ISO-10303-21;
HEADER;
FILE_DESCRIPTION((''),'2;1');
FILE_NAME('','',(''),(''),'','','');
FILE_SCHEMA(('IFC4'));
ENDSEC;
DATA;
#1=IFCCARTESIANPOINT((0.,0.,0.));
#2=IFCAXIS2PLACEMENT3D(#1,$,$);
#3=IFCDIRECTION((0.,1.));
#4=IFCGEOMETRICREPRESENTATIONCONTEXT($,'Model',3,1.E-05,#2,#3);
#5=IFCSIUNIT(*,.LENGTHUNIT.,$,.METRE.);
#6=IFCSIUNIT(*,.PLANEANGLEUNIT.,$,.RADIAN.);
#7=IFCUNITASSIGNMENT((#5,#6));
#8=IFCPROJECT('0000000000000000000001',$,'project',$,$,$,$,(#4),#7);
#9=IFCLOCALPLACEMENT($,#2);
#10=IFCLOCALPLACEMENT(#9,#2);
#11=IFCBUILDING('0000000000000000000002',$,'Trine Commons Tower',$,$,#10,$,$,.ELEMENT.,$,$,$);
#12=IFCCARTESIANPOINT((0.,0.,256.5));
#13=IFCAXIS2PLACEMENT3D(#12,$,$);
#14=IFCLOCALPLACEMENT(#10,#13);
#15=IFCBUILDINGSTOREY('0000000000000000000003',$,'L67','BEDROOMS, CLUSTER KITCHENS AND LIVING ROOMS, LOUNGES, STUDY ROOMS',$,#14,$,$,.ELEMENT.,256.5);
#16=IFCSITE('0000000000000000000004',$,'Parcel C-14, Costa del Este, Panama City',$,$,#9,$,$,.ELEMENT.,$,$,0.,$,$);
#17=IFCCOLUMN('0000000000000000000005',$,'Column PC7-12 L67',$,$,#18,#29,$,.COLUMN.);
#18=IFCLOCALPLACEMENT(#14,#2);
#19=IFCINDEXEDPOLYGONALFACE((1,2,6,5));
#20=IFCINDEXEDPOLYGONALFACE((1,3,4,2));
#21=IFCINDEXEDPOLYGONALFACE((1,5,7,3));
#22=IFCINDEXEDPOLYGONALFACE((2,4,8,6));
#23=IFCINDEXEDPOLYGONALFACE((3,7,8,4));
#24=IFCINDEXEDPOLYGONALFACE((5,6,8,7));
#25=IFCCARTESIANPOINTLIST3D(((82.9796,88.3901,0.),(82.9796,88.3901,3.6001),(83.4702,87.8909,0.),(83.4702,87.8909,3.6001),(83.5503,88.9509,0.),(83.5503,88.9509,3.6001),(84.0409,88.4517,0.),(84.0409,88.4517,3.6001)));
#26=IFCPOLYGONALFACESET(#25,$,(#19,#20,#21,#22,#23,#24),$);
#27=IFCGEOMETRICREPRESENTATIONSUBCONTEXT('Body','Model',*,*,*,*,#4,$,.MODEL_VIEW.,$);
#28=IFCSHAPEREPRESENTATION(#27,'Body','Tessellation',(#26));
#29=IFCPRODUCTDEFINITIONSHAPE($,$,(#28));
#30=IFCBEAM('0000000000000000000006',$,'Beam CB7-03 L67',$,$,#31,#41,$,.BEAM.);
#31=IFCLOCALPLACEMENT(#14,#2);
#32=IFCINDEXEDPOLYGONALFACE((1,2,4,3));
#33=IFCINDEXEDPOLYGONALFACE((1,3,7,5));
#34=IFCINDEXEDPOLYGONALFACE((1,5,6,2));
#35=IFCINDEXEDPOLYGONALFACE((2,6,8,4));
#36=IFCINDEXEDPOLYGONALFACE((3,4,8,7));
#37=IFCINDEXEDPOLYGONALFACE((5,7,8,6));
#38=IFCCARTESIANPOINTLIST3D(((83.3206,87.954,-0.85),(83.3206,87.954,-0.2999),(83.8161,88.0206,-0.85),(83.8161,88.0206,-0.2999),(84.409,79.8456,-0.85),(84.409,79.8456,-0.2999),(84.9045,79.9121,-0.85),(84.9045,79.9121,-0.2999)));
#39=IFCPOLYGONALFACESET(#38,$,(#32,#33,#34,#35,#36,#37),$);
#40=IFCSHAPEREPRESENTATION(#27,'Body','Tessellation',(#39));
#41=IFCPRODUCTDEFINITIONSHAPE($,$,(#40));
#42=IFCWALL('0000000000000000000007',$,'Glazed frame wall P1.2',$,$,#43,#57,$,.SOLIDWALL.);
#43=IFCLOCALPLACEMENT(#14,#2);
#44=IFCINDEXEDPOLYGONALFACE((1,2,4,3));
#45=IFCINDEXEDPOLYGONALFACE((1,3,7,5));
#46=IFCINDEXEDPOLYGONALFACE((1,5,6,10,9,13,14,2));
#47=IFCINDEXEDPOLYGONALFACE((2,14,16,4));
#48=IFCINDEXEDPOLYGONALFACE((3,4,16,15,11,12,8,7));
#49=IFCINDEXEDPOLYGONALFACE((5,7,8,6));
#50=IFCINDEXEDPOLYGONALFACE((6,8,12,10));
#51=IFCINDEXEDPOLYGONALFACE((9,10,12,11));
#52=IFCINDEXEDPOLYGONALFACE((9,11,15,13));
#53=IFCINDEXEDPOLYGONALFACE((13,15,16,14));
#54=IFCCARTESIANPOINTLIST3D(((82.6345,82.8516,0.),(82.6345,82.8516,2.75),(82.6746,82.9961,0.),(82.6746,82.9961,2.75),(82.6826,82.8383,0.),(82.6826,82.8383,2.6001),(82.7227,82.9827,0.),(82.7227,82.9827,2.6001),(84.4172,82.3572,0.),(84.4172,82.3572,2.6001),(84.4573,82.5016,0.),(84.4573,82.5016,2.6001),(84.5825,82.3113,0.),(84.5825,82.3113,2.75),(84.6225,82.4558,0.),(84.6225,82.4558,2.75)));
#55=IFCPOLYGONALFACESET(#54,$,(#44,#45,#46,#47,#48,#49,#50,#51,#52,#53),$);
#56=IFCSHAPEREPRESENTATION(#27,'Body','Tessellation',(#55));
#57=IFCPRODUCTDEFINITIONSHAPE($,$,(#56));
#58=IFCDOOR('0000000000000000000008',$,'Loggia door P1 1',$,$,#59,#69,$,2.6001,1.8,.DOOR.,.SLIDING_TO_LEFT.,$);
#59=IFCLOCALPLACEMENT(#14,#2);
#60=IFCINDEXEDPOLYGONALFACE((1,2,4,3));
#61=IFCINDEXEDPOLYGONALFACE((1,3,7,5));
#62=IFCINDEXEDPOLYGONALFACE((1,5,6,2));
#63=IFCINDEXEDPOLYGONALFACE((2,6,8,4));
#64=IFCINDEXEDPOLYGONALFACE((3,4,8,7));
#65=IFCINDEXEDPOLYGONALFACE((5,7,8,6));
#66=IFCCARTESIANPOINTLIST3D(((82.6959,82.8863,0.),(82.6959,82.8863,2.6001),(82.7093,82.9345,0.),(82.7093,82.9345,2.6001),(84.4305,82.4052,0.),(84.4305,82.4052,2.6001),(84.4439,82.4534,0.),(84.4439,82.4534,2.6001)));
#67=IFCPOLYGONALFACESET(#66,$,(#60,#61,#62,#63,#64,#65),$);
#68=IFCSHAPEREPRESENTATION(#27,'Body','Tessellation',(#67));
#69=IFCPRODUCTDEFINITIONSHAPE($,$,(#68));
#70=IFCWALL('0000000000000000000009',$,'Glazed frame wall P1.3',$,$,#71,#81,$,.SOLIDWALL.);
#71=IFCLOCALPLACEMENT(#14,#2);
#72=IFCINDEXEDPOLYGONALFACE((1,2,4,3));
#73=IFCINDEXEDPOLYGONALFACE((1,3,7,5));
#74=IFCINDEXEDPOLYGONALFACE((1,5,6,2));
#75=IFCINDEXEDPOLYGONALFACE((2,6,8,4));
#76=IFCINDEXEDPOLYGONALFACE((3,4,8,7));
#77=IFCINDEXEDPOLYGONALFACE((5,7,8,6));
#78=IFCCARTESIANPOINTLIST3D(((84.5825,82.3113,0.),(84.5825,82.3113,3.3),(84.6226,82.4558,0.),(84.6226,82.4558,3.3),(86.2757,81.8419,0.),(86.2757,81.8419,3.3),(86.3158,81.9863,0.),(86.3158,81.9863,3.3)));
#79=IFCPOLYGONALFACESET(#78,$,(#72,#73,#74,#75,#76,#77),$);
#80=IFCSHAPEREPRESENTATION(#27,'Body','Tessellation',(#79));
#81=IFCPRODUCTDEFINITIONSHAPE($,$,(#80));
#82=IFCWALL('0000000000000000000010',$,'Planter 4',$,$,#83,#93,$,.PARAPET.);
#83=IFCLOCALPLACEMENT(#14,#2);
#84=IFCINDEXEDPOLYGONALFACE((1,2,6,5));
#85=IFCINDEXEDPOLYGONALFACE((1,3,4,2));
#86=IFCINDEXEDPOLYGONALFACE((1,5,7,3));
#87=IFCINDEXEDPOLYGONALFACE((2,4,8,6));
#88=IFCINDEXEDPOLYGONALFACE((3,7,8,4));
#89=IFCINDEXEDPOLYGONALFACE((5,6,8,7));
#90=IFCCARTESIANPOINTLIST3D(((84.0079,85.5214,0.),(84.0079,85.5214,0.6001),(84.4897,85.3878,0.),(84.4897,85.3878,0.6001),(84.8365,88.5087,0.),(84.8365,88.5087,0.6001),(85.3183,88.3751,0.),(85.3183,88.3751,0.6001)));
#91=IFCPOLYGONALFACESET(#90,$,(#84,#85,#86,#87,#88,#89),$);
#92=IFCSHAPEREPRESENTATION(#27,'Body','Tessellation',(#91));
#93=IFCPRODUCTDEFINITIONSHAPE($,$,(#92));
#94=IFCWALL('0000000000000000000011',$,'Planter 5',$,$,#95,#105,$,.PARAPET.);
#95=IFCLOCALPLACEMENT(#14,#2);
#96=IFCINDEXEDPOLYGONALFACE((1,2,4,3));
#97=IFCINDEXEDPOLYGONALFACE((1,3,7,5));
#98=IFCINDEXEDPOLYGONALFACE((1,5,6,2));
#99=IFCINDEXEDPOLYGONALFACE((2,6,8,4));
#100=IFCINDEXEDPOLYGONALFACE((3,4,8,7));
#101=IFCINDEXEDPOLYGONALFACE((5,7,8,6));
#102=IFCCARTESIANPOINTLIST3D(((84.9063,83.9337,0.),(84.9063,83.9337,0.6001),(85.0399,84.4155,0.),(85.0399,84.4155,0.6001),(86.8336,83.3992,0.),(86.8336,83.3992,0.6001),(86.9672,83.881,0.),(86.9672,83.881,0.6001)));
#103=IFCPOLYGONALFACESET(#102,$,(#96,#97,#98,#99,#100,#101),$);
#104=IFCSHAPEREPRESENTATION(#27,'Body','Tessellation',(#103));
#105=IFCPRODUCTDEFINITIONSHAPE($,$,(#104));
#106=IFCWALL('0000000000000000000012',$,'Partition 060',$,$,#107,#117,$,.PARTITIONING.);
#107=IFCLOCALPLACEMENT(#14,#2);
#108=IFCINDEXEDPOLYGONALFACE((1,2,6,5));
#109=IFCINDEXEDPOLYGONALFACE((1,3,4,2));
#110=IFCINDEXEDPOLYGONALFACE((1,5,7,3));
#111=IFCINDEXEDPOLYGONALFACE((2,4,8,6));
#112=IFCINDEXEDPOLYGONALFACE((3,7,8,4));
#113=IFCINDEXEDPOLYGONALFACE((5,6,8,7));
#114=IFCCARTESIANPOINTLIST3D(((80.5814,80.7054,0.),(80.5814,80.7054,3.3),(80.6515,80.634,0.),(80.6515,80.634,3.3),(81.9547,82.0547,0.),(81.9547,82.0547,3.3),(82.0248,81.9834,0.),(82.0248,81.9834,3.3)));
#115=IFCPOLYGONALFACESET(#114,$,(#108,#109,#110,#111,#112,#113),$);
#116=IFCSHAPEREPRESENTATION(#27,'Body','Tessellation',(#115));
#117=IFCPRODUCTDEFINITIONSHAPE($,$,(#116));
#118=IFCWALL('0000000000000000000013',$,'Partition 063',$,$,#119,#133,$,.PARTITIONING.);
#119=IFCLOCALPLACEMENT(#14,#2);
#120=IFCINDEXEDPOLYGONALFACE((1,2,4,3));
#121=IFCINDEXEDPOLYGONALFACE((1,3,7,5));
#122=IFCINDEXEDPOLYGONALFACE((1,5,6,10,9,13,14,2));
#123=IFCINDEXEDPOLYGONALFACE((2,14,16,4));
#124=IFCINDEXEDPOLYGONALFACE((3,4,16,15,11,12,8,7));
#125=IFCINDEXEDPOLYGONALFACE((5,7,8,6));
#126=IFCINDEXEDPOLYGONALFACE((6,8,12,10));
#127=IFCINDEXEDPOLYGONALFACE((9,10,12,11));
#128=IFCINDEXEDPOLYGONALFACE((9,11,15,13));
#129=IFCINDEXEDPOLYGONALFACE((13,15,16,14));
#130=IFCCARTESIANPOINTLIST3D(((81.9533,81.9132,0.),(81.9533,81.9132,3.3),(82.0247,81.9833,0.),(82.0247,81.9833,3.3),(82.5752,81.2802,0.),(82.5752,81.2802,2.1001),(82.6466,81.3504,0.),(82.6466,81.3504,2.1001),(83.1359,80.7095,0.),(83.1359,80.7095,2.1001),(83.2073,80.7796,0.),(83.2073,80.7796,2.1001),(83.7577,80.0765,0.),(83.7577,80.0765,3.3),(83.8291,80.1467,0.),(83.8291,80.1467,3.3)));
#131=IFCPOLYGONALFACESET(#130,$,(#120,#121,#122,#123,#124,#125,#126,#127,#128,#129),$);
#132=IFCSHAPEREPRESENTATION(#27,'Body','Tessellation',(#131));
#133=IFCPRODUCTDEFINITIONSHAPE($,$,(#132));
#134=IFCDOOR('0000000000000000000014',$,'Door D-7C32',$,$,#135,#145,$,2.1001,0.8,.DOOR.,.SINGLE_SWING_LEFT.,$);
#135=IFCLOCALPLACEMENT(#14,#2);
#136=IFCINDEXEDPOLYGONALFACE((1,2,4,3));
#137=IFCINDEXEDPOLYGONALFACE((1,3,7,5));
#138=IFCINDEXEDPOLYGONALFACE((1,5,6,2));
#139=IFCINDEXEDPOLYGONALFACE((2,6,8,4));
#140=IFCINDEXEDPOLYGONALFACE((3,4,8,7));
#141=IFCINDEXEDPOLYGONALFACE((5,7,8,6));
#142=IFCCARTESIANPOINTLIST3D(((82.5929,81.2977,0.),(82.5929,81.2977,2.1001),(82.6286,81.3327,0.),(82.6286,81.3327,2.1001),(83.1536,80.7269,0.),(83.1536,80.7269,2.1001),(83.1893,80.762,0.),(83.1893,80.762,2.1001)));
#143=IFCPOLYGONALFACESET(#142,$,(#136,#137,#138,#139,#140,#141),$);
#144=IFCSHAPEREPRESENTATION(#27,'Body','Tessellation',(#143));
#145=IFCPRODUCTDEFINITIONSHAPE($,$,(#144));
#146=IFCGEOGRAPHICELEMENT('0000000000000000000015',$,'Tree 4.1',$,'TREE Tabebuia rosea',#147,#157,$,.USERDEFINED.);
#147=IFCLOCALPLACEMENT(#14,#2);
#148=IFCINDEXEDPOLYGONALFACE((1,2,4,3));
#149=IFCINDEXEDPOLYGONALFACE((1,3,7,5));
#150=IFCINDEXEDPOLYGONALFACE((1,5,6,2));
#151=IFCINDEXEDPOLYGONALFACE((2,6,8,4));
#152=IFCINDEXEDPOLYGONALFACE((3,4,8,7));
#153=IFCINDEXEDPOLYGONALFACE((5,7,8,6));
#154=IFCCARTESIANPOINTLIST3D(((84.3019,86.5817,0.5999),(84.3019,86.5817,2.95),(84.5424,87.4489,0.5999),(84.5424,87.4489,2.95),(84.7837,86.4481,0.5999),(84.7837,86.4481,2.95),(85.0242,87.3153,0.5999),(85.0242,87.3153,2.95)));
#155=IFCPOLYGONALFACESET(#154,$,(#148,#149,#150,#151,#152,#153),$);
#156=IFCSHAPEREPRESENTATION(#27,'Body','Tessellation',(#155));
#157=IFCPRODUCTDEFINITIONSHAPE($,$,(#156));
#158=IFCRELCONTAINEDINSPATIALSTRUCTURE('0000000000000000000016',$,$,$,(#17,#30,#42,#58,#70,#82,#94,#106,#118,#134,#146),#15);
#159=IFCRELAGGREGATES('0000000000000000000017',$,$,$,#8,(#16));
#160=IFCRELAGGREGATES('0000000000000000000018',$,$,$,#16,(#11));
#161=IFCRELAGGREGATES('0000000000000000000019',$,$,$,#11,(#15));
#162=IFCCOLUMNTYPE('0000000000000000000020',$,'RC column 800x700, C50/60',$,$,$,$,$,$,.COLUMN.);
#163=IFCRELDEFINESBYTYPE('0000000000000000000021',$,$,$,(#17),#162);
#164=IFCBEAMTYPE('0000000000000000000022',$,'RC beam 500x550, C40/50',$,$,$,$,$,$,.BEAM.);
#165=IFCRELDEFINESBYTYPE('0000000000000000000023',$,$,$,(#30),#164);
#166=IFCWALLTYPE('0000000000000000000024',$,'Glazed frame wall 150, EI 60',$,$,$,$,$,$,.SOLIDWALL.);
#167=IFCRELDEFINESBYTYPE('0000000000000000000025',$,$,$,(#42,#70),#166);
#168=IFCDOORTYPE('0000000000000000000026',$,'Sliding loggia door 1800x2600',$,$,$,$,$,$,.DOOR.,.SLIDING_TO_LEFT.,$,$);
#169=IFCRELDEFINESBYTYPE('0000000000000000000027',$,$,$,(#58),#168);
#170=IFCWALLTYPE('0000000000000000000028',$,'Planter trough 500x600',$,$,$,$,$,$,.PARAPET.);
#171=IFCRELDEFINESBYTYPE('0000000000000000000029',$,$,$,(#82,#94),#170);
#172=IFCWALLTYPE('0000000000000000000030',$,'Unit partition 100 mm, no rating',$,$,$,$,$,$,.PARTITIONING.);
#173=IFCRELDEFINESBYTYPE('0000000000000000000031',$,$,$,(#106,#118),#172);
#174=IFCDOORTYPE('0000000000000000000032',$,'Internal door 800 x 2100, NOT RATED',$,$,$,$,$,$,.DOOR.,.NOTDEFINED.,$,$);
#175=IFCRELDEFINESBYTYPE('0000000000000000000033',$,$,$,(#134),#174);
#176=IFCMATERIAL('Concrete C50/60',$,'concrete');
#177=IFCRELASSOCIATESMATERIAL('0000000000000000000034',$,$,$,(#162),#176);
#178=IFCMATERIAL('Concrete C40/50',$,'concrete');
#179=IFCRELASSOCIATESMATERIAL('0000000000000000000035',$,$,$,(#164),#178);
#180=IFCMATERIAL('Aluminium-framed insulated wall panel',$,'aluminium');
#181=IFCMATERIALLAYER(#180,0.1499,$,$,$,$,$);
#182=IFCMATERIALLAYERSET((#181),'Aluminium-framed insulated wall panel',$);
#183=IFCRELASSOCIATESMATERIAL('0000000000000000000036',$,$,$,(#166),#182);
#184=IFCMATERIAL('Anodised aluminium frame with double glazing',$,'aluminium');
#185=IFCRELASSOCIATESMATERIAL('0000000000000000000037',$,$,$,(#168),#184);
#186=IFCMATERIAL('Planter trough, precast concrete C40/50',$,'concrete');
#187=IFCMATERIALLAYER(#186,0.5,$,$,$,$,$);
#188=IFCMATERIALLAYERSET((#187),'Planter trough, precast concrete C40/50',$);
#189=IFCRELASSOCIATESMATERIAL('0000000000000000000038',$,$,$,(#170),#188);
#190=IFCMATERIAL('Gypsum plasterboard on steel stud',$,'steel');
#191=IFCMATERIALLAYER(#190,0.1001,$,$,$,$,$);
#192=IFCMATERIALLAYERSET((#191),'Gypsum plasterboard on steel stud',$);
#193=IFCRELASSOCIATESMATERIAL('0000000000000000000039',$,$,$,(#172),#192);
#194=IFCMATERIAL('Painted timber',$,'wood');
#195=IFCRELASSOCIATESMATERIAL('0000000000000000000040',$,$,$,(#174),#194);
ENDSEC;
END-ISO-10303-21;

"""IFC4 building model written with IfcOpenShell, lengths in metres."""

from ifc_helpers import new_model, si_unit, direction, frame, frame_2d, origin, origin_2d, place, context, subcontext, project, spatial, polyline, rectangle, outline, extrude, material, layer, layer_set, material_profile, profile_set, type_object, element, fill, save


model = new_model("IFC4")

# Units and contexts
model_context = context("Model", 3, precision=1e-05, world=origin(), true_north=direction((0.0, 1.0)))
body_context = subcontext(model_context, "Body", "Model", "MODEL_VIEW")
ifc_project = project(units=[si_unit("LENGTHUNIT", "METRE"), si_unit("PLANEANGLEUNIT", "RADIAN")], contexts=[model_context])

# Site, building, storey
site_placement = place(None, origin())
site = spatial("IfcSite", under=ifc_project, at=site_placement, Name="Parcel C-14, Costa del Este, Panama City", CompositionType="ELEMENT", RefElevation=0.0)
building_placement = place(site_placement, origin())
building = spatial("IfcBuilding", under=site, at=building_placement, Name="Trine Commons Tower", CompositionType="ELEMENT")
storey_placement = place(building_placement, frame((0.0, 0.0, 256.5)))
storey = spatial("IfcBuildingStorey", under=building, at=storey_placement, Name="L67", Description="BEDROOMS, CLUSTER KITCHENS AND LIVING ROOMS, LOUNGES, STUDY ROOMS", CompositionType="ELEMENT", Elevation=256.5)

# Column
ifc_material_1 = material(Name="Concrete C50/60", Category="concrete")
ifc_material_profile_1 = material_profile(ifc_material_1, rectangle(XDim=0.8, YDim=0.7, at=origin_2d()), Name="RC 800x700")
ifc_profile_set_1 = profile_set([ifc_material_profile_1], Name="Concrete C50/60")
column_type = type_object("IfcColumnType", Name="RC column 800x700, C50/60", PredefinedType="COLUMN", material=ifc_profile_set_1)
column_placement = place(storey_placement, frame((83.5103, 88.4209, 0.0), z_axis=(0.0, 0.0, 1.0), x_axis=(0.71325, 0.700909, 0.0)))
element("IfcColumn", 1, at=column_placement, inside=storey, type_object=column_type, Name="Column PC7-12 L67", PredefinedType="COLUMN", context=body_context, shape_type="SweptSolid", body=[
    extrude(rectangle(XDim=0.8, YDim=0.7, at=origin_2d()), origin(), (0.0, 0.0, 1.0), 3.6001),
])

# Beam
ifc_material_2 = material(Name="Concrete C40/50", Category="concrete")
ifc_material_profile_2 = material_profile(ifc_material_2, rectangle(XDim=0.5, YDim=0.55, at=origin_2d()), Name="RC 500x550")
ifc_profile_set_2 = profile_set([ifc_material_profile_2], Name="Concrete C40/50")
beam_type = type_object("IfcBeamType", Name="RC beam 500x550, C40/50", PredefinedType="BEAM", material=ifc_profile_set_2)
beam_placement = place(storey_placement, frame((83.5684, 87.9873, -0.575), z_axis=(0.133035, -0.991111, 0.0), x_axis=(0.991111, 0.133035, 0.0)))
element("IfcBeam", 2, at=beam_placement, inside=storey, type_object=beam_type, Name="Beam CB7-03 L67", PredefinedType="BEAM", context=body_context, shape_type="SweptSolid", body=[
    extrude(rectangle(XDim=0.5, YDim=0.55, at=origin_2d()), origin(), (0.0, 0.0, 1.0), 8.1812),
])

# Shared definitions
ifc_material_3 = material(Name="Aluminium-framed insulated wall panel", Category="aluminium")
ifc_layer_1 = layer(ifc_material_3, 0.1499)
ifc_layer_set_1 = layer_set([ifc_layer_1], Name="Aluminium-framed insulated wall panel")
wall_type_1 = type_object("IfcWallType", Name="Glazed frame wall 150, EI 60", PredefinedType="SOLIDWALL", material=ifc_layer_set_1)

# Wall, opening, door
wall_1_placement = place(storey_placement, frame((82.6545, 82.9238, 0.0), z_axis=(0.0, 0.0, 1.0), x_axis=(0.963623, -0.267264, 0.0)))
wall_1 = element("IfcWall", 3, at=wall_1_placement, inside=storey, type_object=wall_type_1, Name="Glazed frame wall P1.2", PredefinedType="SOLIDWALL", context=body_context, shape_type="SweptSolid", body=[
    extrude(outline(polyline([(0.0, -0.075), (2.0215, -0.075), (2.0215, 0.075), (0.0, 0.075), (0.0, -0.075)])), origin(), (0.0, 0.0, 1.0), 2.75),
])
opening_1_placement = place(wall_1_placement, frame((0.05, 0.0, 0.0)))
opening_1 = element("IfcOpeningElement", 4, at=opening_1_placement, cuts=wall_1, PredefinedType="OPENING", context=body_context, shape_type="SweptSolid", body=[
    extrude(rectangle(XDim=1.8, YDim=2.6001, at=frame_2d((0.8999, 1.3))), frame((0.0, 0.085, 0.0), z_axis=(0.0, -1.0, 0.0), x_axis=(1.0, 0.0, 0.0)), (0.0, 0.0, 1.0), 0.1699),
])
ifc_material_4 = material(Name="Anodised aluminium frame with double glazing", Category="aluminium")
door_type_1 = type_object("IfcDoorType", Name="Sliding loggia door 1800x2600", OperationType="SLIDING_TO_LEFT", PredefinedType="DOOR", material=ifc_material_4)
door_1_placement = place(opening_1_placement, origin())
door_1 = element("IfcDoor", 5, at=door_1_placement, inside=storey, type_object=door_type_1, Name="Loggia door P1 1", OperationType="SLIDING_TO_LEFT", OverallHeight=2.6001, OverallWidth=1.8, PredefinedType="DOOR", context=body_context, shape_type="SweptSolid", body=[
    extrude(rectangle(XDim=1.8, YDim=2.6001, at=frame_2d((0.8999, 1.3))), frame((0.0, 0.0249, 0.0), z_axis=(0.0, -1.0, 0.0), x_axis=(1.0, 0.0, 0.0)), (0.0, 0.0, 1.0), 0.05),
])
fill(opening_1, door_1)

# Walls
wall_2_placement = place(storey_placement, frame((84.6025, 82.3835, 0.0), z_axis=(0.0, 0.0, 1.0), x_axis=(0.963649, -0.267171, 0.0)))
element("IfcWall", 6, at=wall_2_placement, inside=storey, type_object=wall_type_1, Name="Glazed frame wall P1.3", PredefinedType="SOLIDWALL", context=body_context, shape_type="SweptSolid", body=[
    extrude(outline(polyline([(0.0, -0.075), (1.7571, -0.075), (1.7571, 0.075), (0.0, 0.075), (0.0, -0.075)])), origin(), (0.0, 0.0, 1.0), 3.3),
])
ifc_material_5 = material(Name="Planter trough, precast concrete C40/50", Category="concrete")
ifc_layer_2 = layer(ifc_material_5, 0.5)
ifc_layer_set_2 = layer_set([ifc_layer_2], Name="Planter trough, precast concrete C40/50")
wall_type_2 = type_object("IfcWallType", Name="Planter trough 500x600", PredefinedType="PARAPET", material=ifc_layer_set_2)
wall_3_placement = place(storey_placement, frame((85.0774, 88.4419, 0.0), z_axis=(0.0, 0.0, 1.0), x_axis=(-0.267286, -0.963617, 0.0)))
element("IfcWall", 7, at=wall_3_placement, inside=storey, type_object=wall_type_2, Name="Planter 4", PredefinedType="PARAPET", context=body_context, shape_type="SweptSolid", body=[
    extrude(rectangle(XDim=3.1001, YDim=0.5, at=frame_2d((1.55, 0.0))), origin(), (0.0, 0.0, 1.0), 0.6001),
])
wall_4_placement = place(storey_placement, frame((84.9731, 84.1746, 0.0), z_axis=(0.0, 0.0, 1.0), x_axis=(0.963637, -0.267216, 0.0)))
element("IfcWall", 8, at=wall_4_placement, inside=storey, type_object=wall_type_2, Name="Planter 5", PredefinedType="PARAPET", context=body_context, shape_type="SweptSolid", body=[
    extrude(rectangle(XDim=2.0, YDim=0.5, at=frame_2d((1.0, 0.0))), origin(), (0.0, 0.0, 1.0), 0.6001),
])
ifc_material_6 = material(Name="Gypsum plasterboard on steel stud", Category="steel")
ifc_layer_3 = layer(ifc_material_6, 0.1001)
ifc_layer_set_3 = layer_set([ifc_layer_3], Name="Gypsum plasterboard on steel stud")
wall_type_3 = type_object("IfcWallType", Name="Unit partition 100 mm, no rating", PredefinedType="PARTITIONING", material=ifc_layer_set_3)
wall_5_placement = place(storey_placement, frame((80.6165, 80.6697, 0.0), z_axis=(0.0, 0.0, 1.0), x_axis=(0.713293, 0.700866, 0.0)))
element("IfcWall", 9, at=wall_5_placement, inside=storey, type_object=wall_type_3, Name="Partition 060", PredefinedType="PARTITIONING", context=body_context, shape_type="SweptSolid", body=[
    extrude(rectangle(XDim=1.9253, YDim=0.1001, at=frame_2d((0.9626, 0.0))), origin(), (0.0, 0.0, 1.0), 3.3),
])

# Wall, opening, door
wall_6_placement = place(storey_placement, frame((81.989, 81.9482, 0.0), z_axis=(0.0, 0.0, 1.0), x_axis=(0.700821, -0.713337, 0.0)))
wall_6 = element("IfcWall", 10, at=wall_6_placement, inside=storey, type_object=wall_type_3, Name="Partition 063", PredefinedType="PARTITIONING", context=body_context, shape_type="SweptSolid", body=[
    extrude(rectangle(XDim=2.5747, YDim=0.1001, at=frame_2d((1.2874, 0.0))), origin(), (0.0, 0.0, 1.0), 3.3),
])
opening_2_placement = place(wall_6_placement, frame((0.8875, 0.0, 0.0)))
opening_2 = element("IfcOpeningElement", 11, at=opening_2_placement, cuts=wall_6, PredefinedType="OPENING", context=body_context, shape_type="SweptSolid", body=[
    extrude(rectangle(XDim=0.8, YDim=2.1001, at=frame_2d((0.3999, 1.05))), frame((0.0, 0.0601, 0.0), z_axis=(0.0, -1.0, 0.0), x_axis=(1.0, 0.0, 0.0)), (0.0, 0.0, 1.0), 0.1201),
])
ifc_material_7 = material(Name="Painted timber", Category="wood")
door_type_2 = type_object("IfcDoorType", Name="Internal door 800 x 2100, NOT RATED", OperationType="NOTDEFINED", PredefinedType="DOOR", material=ifc_material_7)
door_2_placement = place(opening_2_placement, origin())
door_2 = element("IfcDoor", 12, at=door_2_placement, inside=storey, type_object=door_type_2, Name="Door D-7C32", OperationType="SINGLE_SWING_LEFT", OverallHeight=2.1001, OverallWidth=0.8, PredefinedType="DOOR", context=body_context, shape_type="SweptSolid", body=[
    extrude(rectangle(XDim=0.8, YDim=2.1001, at=frame_2d((0.3999, 1.05))), frame((0.0, 0.0249, 0.0), z_axis=(0.0, -1.0, 0.0), x_axis=(1.0, 0.0, 0.0)), (0.0, 0.0, 1.0), 0.05),
])
fill(opening_2, door_2)

# Geographic element
geographic_element_placement = place(storey_placement, frame((84.6631, 86.9485, 0.5999), z_axis=(0.0, 0.0, 1.0), x_axis=(-0.26724, -0.96363, 0.0)))
element("IfcGeographicElement", 13, at=geographic_element_placement, inside=storey, Name="Tree 4.1", ObjectType="TREE Tabebuia rosea", PredefinedType="USERDEFINED", context=body_context, shape_type="SweptSolid", body=[
    extrude(rectangle(XDim=0.8999, YDim=0.5, at=origin_2d()), origin(), (0.0, 0.0, 1.0), 2.3501),
])

save(model, "model.ifc")
